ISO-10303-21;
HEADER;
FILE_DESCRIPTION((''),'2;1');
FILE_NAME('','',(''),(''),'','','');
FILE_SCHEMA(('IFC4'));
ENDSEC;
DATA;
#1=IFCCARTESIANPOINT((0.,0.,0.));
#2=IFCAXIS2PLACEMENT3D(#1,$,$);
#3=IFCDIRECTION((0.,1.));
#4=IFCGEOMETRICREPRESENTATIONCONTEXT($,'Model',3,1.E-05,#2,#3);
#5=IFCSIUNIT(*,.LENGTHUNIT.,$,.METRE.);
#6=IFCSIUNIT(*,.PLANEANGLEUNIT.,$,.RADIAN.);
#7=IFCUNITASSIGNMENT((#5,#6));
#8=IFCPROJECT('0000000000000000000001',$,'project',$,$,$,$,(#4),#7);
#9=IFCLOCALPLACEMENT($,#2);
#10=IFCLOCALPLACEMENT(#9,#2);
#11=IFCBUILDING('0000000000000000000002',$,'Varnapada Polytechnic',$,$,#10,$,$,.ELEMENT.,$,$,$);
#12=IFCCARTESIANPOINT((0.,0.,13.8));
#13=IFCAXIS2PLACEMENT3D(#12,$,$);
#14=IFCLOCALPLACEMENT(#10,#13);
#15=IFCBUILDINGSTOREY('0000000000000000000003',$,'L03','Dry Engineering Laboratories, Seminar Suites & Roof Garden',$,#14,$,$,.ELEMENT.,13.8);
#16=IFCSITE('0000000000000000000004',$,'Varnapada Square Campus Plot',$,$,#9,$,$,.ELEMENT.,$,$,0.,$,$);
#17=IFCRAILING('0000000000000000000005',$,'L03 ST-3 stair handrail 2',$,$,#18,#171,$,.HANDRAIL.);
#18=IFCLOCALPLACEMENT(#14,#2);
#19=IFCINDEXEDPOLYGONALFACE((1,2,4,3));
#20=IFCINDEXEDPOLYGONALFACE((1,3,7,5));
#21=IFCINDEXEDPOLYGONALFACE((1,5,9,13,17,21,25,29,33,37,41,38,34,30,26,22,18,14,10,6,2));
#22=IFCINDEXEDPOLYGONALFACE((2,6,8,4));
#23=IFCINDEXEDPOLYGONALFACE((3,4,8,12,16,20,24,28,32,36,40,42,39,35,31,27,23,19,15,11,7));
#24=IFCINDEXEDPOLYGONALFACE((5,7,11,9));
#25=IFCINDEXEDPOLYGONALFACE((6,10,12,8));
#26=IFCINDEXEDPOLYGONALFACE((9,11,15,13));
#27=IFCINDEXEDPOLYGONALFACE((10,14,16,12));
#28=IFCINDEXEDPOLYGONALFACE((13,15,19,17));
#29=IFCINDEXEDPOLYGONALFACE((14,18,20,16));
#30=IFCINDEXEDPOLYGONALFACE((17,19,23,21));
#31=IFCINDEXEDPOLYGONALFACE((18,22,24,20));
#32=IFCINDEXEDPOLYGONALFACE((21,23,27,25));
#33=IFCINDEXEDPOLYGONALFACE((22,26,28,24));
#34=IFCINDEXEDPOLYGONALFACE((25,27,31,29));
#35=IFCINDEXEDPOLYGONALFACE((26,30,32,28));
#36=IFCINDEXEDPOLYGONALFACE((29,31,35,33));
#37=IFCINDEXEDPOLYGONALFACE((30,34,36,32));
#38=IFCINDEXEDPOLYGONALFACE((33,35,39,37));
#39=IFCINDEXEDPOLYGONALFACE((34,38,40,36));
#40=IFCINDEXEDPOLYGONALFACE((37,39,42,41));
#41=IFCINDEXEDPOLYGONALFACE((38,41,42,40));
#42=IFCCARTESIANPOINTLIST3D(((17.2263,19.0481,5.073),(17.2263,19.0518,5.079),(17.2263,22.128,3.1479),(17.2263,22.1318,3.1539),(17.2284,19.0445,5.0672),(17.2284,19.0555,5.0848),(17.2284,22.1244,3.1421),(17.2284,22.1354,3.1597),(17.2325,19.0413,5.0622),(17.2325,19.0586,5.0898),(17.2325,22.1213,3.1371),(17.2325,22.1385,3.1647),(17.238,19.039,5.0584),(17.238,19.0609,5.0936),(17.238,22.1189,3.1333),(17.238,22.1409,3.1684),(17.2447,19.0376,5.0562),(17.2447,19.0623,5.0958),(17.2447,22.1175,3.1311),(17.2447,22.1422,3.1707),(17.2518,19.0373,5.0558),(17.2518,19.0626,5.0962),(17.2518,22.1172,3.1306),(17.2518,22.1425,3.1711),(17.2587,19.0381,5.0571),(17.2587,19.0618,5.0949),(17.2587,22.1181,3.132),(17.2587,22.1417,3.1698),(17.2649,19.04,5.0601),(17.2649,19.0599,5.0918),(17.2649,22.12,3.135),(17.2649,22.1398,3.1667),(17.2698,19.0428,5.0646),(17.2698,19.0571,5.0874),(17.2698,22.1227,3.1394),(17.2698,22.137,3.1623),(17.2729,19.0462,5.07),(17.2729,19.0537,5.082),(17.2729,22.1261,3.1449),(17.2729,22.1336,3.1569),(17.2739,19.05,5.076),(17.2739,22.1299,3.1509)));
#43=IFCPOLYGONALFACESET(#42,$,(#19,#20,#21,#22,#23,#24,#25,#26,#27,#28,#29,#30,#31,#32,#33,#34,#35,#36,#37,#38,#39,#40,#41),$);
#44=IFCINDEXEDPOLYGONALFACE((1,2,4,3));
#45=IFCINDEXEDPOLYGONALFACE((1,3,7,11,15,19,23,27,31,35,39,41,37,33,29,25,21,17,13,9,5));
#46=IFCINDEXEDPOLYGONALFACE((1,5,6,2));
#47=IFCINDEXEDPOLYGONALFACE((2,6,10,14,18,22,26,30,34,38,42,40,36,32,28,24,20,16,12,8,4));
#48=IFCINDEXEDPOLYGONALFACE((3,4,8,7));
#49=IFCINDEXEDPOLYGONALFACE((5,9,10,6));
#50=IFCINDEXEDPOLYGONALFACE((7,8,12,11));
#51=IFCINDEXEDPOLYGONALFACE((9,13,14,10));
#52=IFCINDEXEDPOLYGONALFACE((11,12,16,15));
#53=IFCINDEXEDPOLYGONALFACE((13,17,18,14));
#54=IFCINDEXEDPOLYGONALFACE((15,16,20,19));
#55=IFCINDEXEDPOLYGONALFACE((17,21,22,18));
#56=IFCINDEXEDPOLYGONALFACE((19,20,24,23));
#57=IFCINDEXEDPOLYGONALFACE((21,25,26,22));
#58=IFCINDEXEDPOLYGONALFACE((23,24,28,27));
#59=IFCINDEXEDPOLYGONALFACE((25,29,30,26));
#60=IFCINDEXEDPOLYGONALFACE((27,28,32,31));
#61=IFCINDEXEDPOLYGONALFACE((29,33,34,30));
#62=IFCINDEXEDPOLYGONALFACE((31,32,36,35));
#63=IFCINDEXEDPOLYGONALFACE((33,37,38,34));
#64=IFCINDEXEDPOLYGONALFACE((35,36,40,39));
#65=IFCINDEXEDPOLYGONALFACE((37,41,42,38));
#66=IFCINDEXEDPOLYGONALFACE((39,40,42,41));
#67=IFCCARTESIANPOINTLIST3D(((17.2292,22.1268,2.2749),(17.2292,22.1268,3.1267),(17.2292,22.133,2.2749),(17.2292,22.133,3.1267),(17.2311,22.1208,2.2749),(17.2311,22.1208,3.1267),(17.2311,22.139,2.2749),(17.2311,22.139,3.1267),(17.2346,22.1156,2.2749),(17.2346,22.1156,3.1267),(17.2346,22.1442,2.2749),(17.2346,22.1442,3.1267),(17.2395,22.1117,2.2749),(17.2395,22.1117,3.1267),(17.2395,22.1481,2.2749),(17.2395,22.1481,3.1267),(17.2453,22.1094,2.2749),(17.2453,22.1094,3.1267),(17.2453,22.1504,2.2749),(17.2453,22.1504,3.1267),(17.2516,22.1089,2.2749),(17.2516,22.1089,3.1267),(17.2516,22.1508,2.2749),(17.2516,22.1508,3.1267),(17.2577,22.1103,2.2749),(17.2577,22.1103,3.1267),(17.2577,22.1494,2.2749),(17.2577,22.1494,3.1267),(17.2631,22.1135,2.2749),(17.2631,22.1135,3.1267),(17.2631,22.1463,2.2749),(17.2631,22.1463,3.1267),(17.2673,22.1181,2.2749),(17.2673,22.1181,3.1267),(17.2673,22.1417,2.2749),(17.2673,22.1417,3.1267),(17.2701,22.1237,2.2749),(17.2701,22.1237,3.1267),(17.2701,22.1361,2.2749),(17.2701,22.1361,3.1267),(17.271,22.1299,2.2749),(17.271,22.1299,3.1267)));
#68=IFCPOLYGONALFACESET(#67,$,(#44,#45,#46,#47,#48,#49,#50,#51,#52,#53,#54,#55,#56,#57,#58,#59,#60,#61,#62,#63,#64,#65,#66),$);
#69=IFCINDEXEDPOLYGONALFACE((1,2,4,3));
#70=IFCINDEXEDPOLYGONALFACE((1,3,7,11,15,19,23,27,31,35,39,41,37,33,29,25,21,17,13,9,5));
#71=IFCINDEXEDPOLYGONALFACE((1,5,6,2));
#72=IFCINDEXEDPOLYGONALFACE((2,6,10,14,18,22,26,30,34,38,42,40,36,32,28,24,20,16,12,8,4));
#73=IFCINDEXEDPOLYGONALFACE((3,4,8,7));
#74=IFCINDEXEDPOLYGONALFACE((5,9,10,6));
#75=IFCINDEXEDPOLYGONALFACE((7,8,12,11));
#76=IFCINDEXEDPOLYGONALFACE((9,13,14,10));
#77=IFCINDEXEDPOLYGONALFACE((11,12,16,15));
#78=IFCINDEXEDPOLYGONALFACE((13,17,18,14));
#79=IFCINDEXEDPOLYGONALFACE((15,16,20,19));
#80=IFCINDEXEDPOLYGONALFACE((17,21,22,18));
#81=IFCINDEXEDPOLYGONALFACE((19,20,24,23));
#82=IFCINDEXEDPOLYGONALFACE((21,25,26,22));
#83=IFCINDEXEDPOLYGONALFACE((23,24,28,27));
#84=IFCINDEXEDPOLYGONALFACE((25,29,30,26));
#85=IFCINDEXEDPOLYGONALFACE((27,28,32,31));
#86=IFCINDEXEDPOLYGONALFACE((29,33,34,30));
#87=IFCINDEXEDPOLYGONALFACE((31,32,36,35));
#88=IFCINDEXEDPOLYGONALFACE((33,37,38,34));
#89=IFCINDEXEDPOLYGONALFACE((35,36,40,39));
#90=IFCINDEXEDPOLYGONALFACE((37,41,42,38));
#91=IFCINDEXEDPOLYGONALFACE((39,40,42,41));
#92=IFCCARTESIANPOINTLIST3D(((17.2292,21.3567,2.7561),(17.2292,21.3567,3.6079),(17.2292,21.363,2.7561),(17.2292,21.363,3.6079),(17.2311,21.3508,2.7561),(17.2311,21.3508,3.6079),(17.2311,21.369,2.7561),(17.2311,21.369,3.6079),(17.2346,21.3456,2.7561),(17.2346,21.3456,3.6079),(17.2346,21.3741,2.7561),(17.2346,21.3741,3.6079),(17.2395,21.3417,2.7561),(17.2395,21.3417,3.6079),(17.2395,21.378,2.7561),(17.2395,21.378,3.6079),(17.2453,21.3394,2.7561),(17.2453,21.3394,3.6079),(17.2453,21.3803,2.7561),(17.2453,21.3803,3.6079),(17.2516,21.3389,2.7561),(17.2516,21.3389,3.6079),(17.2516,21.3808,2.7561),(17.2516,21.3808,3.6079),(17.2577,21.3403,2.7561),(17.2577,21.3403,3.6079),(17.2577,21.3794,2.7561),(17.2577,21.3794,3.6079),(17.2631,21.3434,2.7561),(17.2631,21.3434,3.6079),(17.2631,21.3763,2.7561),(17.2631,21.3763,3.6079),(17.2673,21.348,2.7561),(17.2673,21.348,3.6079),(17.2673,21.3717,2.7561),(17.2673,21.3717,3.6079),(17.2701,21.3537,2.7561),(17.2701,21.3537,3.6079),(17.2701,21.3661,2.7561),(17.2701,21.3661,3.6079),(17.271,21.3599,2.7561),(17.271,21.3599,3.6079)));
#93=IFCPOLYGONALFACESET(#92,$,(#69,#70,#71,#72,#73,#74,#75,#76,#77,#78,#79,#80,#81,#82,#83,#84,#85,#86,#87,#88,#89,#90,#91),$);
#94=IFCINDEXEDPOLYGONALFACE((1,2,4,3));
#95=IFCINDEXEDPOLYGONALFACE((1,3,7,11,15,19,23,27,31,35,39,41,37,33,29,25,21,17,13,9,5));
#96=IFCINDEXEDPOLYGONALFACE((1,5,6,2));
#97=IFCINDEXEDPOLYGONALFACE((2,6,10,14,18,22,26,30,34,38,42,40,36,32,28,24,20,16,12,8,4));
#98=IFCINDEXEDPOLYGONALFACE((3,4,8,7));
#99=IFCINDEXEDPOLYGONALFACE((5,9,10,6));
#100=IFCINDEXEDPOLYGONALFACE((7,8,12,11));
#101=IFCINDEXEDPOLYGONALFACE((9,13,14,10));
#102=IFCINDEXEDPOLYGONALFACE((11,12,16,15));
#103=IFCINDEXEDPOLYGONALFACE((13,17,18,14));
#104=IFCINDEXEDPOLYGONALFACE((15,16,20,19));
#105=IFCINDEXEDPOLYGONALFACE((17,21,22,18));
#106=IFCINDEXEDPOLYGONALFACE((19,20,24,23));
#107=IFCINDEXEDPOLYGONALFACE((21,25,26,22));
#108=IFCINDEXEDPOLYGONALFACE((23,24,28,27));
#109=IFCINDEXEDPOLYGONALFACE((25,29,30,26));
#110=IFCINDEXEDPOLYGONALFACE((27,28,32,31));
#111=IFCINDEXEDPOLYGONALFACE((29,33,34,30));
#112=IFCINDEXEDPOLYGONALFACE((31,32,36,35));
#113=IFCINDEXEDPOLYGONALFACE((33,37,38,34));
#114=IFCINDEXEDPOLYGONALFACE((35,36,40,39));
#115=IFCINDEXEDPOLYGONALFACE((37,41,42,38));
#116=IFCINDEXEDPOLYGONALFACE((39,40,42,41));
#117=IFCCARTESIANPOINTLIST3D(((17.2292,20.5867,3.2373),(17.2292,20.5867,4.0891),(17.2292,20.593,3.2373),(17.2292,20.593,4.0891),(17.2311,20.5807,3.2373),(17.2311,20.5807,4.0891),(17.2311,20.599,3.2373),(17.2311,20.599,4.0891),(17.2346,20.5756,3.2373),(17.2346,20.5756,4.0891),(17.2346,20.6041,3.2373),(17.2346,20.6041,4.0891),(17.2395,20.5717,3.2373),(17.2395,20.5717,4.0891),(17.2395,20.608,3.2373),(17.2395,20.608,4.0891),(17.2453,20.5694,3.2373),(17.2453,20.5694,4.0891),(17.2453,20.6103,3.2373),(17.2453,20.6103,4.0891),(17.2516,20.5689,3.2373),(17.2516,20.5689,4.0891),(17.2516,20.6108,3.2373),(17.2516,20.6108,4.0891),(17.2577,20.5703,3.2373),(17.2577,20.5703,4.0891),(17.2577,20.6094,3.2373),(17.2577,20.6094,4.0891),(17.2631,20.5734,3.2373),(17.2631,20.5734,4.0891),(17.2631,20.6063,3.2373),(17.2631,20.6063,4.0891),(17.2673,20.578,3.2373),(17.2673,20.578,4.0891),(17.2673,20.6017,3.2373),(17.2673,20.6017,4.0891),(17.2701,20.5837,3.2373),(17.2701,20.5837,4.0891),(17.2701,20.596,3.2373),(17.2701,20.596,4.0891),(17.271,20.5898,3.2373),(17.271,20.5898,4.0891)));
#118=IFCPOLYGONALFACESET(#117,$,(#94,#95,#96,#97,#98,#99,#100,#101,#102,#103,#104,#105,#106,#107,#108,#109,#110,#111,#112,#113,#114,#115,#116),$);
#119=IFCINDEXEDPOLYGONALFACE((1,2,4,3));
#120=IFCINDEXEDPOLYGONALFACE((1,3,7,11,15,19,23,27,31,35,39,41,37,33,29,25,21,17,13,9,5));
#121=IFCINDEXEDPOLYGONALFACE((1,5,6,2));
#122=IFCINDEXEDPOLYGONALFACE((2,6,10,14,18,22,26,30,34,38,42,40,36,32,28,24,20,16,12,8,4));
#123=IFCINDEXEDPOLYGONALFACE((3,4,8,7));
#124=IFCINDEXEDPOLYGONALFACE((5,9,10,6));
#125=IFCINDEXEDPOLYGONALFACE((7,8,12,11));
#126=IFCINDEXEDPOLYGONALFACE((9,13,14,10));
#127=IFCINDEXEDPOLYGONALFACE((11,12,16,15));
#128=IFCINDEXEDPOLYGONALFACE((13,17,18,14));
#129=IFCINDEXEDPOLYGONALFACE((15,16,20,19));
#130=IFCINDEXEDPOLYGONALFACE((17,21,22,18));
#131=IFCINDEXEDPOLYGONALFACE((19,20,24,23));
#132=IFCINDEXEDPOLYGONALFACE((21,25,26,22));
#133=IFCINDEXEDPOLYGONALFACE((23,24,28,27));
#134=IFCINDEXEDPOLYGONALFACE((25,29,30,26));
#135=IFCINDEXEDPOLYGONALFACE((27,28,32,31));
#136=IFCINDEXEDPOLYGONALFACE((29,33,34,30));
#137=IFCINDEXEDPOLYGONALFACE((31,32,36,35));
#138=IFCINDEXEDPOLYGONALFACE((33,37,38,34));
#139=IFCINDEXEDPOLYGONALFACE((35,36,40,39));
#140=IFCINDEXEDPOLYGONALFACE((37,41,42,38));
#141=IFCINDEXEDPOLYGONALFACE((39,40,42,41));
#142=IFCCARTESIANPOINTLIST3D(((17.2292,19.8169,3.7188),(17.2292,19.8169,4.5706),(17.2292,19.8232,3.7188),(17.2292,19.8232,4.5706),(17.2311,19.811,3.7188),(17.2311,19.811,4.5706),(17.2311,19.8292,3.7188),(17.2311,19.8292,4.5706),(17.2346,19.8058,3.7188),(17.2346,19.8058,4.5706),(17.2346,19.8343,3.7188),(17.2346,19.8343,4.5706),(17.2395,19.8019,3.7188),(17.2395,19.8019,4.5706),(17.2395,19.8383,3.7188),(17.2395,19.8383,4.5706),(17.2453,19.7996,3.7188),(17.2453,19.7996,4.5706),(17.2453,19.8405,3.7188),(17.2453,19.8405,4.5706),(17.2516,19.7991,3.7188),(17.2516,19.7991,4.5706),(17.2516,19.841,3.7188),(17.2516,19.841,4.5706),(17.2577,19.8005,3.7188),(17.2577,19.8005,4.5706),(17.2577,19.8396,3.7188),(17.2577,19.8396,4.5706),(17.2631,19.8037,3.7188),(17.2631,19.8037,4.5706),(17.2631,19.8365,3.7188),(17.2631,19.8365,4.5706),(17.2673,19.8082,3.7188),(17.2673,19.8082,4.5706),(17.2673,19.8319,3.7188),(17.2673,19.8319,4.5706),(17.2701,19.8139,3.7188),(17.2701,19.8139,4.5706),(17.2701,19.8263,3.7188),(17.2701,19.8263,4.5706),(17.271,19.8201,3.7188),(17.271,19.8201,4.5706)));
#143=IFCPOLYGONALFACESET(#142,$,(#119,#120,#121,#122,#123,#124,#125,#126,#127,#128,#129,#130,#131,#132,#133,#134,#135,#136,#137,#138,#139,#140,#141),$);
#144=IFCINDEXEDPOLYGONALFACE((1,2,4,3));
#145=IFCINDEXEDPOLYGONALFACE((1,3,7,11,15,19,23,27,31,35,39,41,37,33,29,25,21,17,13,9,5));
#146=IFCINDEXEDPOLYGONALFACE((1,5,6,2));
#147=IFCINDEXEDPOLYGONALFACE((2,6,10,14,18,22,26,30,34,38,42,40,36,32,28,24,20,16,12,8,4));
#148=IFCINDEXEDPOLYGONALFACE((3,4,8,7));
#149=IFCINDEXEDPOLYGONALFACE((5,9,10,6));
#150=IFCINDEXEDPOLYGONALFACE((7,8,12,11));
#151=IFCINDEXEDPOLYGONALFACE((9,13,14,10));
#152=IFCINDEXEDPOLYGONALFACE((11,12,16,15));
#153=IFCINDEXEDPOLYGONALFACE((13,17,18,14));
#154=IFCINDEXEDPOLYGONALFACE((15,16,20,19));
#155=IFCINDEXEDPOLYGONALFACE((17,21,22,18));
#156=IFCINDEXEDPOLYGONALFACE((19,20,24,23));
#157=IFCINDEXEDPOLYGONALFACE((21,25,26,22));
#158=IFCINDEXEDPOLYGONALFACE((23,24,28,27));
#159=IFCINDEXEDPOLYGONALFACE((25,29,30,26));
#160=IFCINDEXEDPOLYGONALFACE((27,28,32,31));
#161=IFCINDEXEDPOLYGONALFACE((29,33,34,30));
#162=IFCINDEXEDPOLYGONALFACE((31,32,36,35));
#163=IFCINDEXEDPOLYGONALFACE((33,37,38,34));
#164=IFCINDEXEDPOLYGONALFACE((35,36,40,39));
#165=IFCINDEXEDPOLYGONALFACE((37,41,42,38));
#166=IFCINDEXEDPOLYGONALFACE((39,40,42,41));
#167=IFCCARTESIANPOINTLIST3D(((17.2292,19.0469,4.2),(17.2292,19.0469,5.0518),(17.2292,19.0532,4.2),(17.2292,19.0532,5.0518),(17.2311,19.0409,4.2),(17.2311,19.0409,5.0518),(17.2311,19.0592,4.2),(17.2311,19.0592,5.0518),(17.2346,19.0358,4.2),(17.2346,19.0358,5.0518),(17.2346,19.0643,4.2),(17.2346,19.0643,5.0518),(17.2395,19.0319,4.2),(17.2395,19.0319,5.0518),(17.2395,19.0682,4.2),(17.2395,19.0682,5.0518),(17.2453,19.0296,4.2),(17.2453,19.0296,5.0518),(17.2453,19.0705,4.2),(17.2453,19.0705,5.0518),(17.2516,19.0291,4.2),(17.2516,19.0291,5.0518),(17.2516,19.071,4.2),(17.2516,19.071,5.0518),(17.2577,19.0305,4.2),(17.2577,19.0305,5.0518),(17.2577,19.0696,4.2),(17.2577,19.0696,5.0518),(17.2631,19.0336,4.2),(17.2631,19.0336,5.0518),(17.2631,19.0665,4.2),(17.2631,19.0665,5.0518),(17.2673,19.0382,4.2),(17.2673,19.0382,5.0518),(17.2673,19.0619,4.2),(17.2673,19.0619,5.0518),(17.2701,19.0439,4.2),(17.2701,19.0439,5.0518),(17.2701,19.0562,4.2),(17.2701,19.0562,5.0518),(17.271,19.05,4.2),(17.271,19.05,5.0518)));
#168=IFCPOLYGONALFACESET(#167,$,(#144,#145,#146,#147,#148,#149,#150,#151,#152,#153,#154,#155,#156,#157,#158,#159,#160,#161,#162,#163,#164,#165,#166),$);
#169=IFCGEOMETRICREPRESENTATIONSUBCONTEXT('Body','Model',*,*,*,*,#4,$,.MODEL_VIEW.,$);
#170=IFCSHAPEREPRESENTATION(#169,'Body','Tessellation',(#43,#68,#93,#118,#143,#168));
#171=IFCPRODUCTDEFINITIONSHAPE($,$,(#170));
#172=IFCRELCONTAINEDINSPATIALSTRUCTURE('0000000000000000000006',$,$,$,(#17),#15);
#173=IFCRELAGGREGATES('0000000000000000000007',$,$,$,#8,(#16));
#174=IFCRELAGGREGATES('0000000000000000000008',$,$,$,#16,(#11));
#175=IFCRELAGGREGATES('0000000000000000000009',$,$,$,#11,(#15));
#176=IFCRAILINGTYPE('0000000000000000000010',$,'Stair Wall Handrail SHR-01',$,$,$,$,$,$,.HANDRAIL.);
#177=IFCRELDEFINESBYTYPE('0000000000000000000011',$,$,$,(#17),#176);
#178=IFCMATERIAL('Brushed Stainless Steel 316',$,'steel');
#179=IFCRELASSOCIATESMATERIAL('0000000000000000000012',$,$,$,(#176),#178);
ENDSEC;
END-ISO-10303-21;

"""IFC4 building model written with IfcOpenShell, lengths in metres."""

from ifc_helpers import new_model, si_unit, direction, frame, origin, origin_2d, place, context, subcontext, project, spatial, circle, extrude, material, type_object, element, save


model = new_model("IFC4")

# Units and contexts
model_context = context("Model", 3, precision=1e-05, world=origin(), true_north=direction((0.0, 1.0)))
body_context = subcontext(model_context, "Body", "Model", "MODEL_VIEW")
ifc_project = project(units=[si_unit("LENGTHUNIT", "METRE"), si_unit("PLANEANGLEUNIT", "RADIAN")], contexts=[model_context])

# Site, building, storey
site_placement = place(None, origin())
site = spatial("IfcSite", under=ifc_project, at=site_placement, Name="Varnapada Square Campus Plot", CompositionType="ELEMENT", RefElevation=0.0)
building_placement = place(site_placement, origin())
building = spatial("IfcBuilding", under=site, at=building_placement, Name="Varnapada Polytechnic", CompositionType="ELEMENT")
storey_placement = place(building_placement, frame((0.0, 0.0, 13.8)))
storey = spatial("IfcBuildingStorey", under=building, at=storey_placement, Name="L03", Description="Dry Engineering Laboratories, Seminar Suites & Roof Garden", CompositionType="ELEMENT", Elevation=13.8)

# Shared definitions
ifc_material_1 = material(Name="Brushed Stainless Steel 316", Category="steel")

# Railing
railing_type_1 = type_object("IfcRailingType", Name="Stair Wall Handrail SHR-01", PredefinedType="HANDRAIL", material=ifc_material_1)
railing_1_placement = place(storey_placement, frame((17.25, 22.1299, 2.2749)))
element("IfcRailing", 1, at=railing_1_placement, inside=storey, type_object=railing_type_1, Name="L03 ST-3 stair handrail 2", PredefinedType="HANDRAIL", context=body_context, shape_type="SweptSolid", body=[
    extrude(circle(Radius=0.0239, at=origin_2d()), frame((0.0, 0.0, 0.876), z_axis=(0.0, -0.847979, 0.530029), x_axis=(1.0, 0.0, 0.0)), (0.0, 0.0, 1.0), 3.6321),
    extrude(circle(Radius=0.021, at=origin_2d()), origin(), (0.0, 0.0, 1.0), 0.8518),
    extrude(circle(Radius=0.021, at=origin_2d()), frame((0.0, -0.77, 0.4812)), (0.0, 0.0, 1.0), 0.8518),
    extrude(circle(Radius=0.021, at=origin_2d()), frame((0.0, -1.54, 0.9624)), (0.0, 0.0, 1.0), 0.8518),
    extrude(circle(Radius=0.021, at=origin_2d()), frame((0.0, -2.3098, 1.4438)), (0.0, 0.0, 1.0), 0.8518),
    extrude(circle(Radius=0.021, at=origin_2d()), frame((0.0, -3.0798, 1.925)), (0.0, 0.0, 1.0), 0.8518),
])

save(model, "model.ifc")
